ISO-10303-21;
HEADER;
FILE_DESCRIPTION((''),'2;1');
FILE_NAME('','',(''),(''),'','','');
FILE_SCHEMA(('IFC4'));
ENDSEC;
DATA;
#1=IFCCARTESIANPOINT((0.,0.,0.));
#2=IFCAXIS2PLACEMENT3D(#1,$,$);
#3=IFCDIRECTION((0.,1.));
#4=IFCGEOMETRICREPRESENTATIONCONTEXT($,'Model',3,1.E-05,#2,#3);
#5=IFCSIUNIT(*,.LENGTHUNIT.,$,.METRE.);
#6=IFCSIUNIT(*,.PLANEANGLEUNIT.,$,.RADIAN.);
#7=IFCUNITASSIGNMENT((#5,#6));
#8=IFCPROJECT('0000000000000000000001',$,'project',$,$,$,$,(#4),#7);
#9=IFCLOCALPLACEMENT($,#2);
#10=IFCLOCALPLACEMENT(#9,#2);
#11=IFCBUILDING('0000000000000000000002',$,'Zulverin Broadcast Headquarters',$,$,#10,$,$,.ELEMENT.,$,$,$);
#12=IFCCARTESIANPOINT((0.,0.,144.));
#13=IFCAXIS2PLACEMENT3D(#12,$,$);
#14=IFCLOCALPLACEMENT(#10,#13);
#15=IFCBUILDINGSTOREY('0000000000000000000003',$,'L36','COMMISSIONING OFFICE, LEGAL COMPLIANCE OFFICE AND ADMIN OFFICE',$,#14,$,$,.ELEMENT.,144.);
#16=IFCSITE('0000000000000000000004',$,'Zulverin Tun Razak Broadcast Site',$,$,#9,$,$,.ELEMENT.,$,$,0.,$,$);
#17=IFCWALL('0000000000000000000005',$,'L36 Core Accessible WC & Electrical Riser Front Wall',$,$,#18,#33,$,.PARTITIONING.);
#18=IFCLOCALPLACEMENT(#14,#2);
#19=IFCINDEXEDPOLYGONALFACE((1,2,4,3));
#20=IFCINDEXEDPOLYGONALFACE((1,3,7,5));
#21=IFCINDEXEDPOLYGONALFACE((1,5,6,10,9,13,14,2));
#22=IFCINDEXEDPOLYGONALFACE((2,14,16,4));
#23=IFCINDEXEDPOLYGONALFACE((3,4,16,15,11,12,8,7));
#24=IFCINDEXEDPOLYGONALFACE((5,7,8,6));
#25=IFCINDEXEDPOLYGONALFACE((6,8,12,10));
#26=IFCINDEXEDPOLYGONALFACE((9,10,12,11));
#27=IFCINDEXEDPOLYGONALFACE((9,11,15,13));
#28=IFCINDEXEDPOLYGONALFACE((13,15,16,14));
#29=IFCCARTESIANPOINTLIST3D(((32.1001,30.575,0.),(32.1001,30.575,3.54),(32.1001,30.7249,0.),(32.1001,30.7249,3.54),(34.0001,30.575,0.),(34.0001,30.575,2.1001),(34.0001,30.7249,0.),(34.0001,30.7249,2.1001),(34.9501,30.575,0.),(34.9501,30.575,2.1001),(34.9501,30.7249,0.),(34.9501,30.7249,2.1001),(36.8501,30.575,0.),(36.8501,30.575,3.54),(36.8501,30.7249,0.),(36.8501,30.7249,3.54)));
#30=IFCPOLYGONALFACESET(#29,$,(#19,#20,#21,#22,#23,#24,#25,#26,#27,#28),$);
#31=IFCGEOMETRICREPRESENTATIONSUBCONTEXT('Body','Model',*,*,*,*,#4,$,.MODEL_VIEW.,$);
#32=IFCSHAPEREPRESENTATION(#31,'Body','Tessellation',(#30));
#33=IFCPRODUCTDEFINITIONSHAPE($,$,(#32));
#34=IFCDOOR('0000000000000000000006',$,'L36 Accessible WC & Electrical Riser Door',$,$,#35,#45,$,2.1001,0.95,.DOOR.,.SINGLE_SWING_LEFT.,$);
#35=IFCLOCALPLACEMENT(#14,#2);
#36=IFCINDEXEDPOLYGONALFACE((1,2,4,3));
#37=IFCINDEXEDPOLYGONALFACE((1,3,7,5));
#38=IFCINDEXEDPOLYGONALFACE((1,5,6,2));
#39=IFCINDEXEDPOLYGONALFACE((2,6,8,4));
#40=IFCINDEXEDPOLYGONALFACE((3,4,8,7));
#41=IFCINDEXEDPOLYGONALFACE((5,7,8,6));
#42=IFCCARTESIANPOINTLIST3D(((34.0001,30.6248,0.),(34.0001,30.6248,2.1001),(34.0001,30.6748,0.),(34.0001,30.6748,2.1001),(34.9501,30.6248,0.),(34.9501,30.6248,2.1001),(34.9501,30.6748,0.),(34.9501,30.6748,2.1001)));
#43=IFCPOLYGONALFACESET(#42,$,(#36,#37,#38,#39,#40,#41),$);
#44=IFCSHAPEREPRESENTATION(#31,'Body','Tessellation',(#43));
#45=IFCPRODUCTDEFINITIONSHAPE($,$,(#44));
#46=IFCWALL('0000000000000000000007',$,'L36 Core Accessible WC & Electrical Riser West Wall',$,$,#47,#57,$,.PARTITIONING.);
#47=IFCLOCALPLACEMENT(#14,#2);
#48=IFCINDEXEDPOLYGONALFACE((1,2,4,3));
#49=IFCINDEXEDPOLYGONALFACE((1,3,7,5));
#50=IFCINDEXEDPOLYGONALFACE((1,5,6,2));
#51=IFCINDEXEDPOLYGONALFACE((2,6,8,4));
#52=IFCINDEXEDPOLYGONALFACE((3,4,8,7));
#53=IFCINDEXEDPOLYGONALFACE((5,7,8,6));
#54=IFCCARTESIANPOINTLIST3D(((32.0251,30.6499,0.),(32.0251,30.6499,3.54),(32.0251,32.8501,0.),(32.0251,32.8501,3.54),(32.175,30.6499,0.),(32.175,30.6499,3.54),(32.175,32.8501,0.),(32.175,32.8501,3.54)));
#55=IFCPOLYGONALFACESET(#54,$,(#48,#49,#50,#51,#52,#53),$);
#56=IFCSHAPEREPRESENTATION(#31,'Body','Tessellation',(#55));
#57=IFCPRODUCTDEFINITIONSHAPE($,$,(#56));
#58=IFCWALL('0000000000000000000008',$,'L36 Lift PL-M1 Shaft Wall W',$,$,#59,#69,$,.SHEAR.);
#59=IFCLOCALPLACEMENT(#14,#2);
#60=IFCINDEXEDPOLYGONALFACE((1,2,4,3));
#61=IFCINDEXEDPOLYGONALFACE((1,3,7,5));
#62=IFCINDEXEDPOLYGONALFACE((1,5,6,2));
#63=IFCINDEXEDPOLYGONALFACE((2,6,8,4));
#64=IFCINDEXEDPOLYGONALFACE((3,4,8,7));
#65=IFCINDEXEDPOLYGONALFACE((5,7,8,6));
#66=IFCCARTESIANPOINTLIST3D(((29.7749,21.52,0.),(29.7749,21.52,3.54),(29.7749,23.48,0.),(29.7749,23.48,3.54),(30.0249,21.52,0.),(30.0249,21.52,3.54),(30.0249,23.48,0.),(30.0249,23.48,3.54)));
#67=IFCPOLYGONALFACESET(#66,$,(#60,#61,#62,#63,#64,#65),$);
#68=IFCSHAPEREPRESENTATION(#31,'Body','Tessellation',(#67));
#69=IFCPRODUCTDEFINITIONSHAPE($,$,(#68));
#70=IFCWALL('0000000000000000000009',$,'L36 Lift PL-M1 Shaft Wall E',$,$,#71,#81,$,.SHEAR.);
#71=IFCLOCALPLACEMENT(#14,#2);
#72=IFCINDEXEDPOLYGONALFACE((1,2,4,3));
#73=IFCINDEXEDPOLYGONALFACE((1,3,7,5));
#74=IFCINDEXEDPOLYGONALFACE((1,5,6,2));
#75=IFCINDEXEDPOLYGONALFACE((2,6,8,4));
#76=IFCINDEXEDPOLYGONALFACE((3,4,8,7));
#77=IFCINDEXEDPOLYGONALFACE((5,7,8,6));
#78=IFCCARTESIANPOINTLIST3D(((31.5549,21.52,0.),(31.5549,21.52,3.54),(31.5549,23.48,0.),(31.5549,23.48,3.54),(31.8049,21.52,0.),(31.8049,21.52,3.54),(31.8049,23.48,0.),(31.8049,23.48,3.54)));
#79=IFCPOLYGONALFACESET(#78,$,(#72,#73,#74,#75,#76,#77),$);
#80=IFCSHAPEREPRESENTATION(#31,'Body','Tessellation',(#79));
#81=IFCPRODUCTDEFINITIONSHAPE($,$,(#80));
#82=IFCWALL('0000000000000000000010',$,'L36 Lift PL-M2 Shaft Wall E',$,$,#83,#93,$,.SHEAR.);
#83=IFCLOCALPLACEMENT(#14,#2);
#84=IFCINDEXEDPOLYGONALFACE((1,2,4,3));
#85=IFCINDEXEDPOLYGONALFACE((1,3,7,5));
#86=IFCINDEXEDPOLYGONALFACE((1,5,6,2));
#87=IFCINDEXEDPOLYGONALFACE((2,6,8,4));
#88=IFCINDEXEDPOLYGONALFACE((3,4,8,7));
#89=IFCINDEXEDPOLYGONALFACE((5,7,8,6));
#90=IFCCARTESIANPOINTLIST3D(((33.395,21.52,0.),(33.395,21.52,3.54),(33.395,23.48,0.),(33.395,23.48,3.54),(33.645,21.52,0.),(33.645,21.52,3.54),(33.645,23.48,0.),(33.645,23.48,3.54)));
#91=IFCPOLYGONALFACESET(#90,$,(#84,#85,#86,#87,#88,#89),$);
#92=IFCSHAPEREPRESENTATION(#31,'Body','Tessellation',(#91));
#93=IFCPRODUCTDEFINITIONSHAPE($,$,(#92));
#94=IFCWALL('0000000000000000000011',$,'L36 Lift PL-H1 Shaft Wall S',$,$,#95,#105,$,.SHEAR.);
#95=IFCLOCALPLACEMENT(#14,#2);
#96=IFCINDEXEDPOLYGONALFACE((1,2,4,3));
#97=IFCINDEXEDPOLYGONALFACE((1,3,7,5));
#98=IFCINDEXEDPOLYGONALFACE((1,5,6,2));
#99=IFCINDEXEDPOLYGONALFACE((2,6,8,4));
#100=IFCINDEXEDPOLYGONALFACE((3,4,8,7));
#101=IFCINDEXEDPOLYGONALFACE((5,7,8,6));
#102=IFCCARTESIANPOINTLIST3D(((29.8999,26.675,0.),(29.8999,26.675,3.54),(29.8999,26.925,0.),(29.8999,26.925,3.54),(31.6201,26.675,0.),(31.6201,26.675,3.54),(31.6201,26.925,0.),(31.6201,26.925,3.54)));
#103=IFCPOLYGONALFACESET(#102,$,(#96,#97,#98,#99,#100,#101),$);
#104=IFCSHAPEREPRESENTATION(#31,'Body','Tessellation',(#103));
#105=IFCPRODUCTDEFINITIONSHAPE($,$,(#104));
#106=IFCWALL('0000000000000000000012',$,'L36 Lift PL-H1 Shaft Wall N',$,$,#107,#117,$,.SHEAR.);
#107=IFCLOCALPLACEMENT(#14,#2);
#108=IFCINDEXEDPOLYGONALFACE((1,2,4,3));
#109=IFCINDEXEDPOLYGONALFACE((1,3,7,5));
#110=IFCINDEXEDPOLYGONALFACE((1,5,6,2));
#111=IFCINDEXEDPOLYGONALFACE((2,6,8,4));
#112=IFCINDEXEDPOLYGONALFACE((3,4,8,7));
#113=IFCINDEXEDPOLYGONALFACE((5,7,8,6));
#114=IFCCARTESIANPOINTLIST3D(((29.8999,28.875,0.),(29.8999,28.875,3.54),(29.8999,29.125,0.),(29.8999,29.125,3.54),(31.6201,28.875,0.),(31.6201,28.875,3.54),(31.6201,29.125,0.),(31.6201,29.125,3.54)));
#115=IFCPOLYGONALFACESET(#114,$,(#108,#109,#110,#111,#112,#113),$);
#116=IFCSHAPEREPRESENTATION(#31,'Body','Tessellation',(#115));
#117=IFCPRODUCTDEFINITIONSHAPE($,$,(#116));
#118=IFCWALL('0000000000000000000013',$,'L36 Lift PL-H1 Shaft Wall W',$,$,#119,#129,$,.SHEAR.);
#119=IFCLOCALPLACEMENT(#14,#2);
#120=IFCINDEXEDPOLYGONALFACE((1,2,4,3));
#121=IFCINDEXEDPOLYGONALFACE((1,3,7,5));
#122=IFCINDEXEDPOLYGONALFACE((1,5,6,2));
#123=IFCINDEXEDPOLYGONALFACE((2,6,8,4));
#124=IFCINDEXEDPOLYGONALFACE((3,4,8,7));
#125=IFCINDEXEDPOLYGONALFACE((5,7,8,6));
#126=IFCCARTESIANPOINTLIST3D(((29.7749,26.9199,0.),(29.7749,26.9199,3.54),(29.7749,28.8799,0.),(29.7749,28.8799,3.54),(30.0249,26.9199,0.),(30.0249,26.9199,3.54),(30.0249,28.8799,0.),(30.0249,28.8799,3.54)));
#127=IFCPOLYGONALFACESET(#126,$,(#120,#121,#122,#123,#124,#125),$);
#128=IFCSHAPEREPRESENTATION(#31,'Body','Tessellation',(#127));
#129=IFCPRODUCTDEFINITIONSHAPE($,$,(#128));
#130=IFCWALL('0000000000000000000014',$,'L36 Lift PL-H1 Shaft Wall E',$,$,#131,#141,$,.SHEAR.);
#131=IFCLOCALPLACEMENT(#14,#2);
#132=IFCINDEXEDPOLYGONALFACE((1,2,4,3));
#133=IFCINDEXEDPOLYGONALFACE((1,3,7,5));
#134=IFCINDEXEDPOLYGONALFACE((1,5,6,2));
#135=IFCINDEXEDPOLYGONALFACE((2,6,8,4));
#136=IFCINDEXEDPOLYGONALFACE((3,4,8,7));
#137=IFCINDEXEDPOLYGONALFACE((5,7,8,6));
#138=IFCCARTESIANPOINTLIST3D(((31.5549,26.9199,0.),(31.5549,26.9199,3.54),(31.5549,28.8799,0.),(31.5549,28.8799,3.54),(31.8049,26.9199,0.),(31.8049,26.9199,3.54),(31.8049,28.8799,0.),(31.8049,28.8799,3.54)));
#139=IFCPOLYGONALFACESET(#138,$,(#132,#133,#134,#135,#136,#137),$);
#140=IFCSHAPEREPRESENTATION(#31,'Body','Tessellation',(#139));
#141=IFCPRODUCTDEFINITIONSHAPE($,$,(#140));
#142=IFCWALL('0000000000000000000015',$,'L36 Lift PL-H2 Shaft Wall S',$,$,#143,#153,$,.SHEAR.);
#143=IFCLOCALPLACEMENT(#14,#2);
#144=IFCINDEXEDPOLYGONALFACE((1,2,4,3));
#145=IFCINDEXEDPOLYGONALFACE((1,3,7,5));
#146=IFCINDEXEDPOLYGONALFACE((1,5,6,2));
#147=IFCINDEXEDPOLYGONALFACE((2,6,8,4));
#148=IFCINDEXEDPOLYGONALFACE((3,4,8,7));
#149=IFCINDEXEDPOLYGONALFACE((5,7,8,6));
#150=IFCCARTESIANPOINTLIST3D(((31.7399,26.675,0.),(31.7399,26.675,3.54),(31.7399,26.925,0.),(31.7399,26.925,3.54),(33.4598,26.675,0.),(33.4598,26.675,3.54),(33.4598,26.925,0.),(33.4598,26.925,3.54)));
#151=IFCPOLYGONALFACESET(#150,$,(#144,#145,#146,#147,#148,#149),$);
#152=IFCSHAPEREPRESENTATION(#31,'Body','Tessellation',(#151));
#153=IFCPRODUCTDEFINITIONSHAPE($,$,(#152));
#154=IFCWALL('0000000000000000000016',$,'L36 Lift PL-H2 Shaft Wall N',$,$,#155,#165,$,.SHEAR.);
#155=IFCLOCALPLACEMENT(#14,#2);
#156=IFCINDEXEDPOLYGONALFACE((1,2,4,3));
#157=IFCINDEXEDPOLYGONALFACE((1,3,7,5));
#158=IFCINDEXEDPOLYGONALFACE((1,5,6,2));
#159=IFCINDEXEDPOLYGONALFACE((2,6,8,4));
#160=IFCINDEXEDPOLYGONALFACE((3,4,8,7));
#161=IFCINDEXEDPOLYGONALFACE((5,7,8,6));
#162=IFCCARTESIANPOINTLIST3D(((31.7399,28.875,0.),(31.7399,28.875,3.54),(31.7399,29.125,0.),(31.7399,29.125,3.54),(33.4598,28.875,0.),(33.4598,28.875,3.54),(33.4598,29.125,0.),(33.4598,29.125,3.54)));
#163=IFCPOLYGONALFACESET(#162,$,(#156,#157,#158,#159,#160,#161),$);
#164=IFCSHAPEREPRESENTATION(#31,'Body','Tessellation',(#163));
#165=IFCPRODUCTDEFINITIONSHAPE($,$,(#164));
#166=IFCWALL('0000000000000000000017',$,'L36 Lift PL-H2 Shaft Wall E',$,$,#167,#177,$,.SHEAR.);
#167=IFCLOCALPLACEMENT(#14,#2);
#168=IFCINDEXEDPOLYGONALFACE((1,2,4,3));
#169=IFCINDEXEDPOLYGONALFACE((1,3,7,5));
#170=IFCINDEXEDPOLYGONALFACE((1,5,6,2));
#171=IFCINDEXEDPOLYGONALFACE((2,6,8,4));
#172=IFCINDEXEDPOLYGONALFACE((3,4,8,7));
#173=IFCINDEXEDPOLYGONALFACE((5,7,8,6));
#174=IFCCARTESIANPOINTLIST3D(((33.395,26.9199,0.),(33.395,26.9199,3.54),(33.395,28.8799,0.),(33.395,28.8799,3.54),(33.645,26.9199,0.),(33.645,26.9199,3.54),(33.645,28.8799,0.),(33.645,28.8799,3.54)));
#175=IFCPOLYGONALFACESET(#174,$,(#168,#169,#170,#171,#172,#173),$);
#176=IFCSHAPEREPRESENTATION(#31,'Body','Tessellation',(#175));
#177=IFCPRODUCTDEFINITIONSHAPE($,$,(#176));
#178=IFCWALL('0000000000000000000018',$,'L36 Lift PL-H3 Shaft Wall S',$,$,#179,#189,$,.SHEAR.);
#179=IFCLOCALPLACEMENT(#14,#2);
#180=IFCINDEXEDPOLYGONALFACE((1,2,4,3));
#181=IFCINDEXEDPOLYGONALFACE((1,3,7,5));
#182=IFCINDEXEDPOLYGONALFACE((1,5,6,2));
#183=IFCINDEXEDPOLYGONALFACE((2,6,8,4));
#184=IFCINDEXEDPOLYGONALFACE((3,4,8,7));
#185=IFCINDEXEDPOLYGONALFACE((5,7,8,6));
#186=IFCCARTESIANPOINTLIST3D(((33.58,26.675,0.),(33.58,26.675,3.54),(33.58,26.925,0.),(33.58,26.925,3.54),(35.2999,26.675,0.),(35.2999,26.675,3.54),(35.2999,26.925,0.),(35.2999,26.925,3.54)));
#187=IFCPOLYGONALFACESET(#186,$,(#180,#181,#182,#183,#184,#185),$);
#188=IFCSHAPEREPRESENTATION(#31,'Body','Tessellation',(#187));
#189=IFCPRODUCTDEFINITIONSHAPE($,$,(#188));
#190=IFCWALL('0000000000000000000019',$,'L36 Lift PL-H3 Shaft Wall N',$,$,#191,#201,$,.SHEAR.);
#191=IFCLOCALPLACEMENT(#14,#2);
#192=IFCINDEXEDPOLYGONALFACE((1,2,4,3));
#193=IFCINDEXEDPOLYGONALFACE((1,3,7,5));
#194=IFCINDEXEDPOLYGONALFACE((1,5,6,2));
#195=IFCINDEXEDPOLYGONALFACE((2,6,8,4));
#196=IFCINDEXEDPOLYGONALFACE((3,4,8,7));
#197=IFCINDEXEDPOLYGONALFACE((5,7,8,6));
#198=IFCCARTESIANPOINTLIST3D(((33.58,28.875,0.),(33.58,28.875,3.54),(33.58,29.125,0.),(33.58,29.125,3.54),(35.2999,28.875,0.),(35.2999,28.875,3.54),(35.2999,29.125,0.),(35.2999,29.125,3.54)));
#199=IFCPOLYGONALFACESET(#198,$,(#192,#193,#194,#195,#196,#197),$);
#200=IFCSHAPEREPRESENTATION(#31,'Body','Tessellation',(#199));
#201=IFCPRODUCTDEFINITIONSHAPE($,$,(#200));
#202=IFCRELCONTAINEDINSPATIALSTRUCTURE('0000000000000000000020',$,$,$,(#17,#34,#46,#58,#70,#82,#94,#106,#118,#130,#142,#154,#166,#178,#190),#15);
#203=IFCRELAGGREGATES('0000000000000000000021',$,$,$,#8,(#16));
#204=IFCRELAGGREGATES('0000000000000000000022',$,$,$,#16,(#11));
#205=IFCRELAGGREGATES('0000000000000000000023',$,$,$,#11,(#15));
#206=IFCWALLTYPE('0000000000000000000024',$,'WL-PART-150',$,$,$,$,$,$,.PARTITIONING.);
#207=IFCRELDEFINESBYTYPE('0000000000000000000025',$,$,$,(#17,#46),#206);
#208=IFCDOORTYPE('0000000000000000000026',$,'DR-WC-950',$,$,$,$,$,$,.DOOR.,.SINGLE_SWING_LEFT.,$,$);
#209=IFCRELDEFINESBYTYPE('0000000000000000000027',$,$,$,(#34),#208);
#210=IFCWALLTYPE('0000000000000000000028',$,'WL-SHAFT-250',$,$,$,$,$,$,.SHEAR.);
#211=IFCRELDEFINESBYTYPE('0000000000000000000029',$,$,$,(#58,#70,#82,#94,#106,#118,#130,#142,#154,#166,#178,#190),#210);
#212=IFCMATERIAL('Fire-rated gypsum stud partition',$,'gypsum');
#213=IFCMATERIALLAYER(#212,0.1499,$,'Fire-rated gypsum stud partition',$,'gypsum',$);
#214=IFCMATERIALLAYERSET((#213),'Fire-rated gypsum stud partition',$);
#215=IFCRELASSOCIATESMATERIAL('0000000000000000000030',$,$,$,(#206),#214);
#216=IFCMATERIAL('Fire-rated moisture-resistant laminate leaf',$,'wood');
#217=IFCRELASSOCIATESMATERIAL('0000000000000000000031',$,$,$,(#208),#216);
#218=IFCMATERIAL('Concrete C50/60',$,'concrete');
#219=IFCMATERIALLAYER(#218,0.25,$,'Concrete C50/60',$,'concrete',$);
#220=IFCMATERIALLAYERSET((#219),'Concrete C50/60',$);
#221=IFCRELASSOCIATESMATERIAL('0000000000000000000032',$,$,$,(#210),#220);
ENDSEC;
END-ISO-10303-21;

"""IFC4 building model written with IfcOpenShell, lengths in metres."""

from ifc_helpers import new_model, si_unit, direction, frame, frame_2d, origin, place, context, subcontext, project, spatial, rectangle, extrude, material, layer, layer_set, type_object, element, fill, save


model = new_model("IFC4")

# Units and contexts
model_context = context("Model", 3, precision=1e-05, world=origin(), true_north=direction((0.0, 1.0)))
body_context = subcontext(model_context, "Body", "Model", "MODEL_VIEW")
ifc_project = project(units=[si_unit("LENGTHUNIT", "METRE"), si_unit("PLANEANGLEUNIT", "RADIAN")], contexts=[model_context])

# Site, building, storey
site_placement = place(None, origin())
site = spatial("IfcSite", under=ifc_project, at=site_placement, Name="Zulverin Tun Razak Broadcast Site", CompositionType="ELEMENT", RefElevation=0.0)
building_placement = place(site_placement, origin())
building = spatial("IfcBuilding", under=site, at=building_placement, Name="Zulverin Broadcast Headquarters", CompositionType="ELEMENT")
storey_placement = place(building_placement, frame((0.0, 0.0, 144.0)))
storey = spatial("IfcBuildingStorey", under=building, at=storey_placement, Name="L36", Description="COMMISSIONING OFFICE, LEGAL COMPLIANCE OFFICE AND ADMIN OFFICE", CompositionType="ELEMENT", Elevation=144.0)

# Wall, opening, door
ifc_material_1 = material(Name="Fire-rated gypsum stud partition", Category="gypsum")
ifc_layer_1 = layer(ifc_material_1, 0.1499, Name="Fire-rated gypsum stud partition", Category="gypsum")
ifc_layer_set_1 = layer_set([ifc_layer_1], Name="Fire-rated gypsum stud partition")
wall_type_1 = type_object("IfcWallType", Name="WL-PART-150", PredefinedType="PARTITIONING", material=ifc_layer_set_1)
wall_1_placement = place(storey_placement, frame((32.1001, 30.6499, 0.0), z_axis=(0.0, 0.0, 1.0), x_axis=(1.0, 0.0, 0.0)))
wall_1 = element("IfcWall", 1, at=wall_1_placement, inside=storey, type_object=wall_type_1, Name="L36 Core Accessible WC & Electrical Riser Front Wall", PredefinedType="PARTITIONING", context=body_context, shape_type="SweptSolid", body=[
    extrude(rectangle(XDim=4.75, YDim=0.1499, at=frame_2d((2.375, 0.0))), origin(), (0.0, 0.0, 1.0), 3.54),
])
opening_1_placement = place(wall_1_placement, frame((1.8999, 0.0, 0.0)))
opening_1 = element("IfcOpeningElement", 2, at=opening_1_placement, cuts=wall_1, PredefinedType="OPENING", context=body_context, shape_type="SweptSolid", body=[
    extrude(rectangle(XDim=0.95, YDim=2.1001, at=frame_2d((0.4751, 1.05))), frame((0.0, 0.085, 0.0), z_axis=(0.0, -1.0, 0.0), x_axis=(1.0, 0.0, 0.0)), (0.0, 0.0, 1.0), 0.1699),
])
ifc_material_2 = material(Name="Fire-rated moisture-resistant laminate leaf", Category="wood")
door_type_1 = type_object("IfcDoorType", Name="DR-WC-950", OperationType="SINGLE_SWING_LEFT", PredefinedType="DOOR", material=ifc_material_2)
door_1_placement = place(opening_1_placement, origin())
door_1 = element("IfcDoor", 3, at=door_1_placement, inside=storey, type_object=door_type_1, Name="L36 Accessible WC & Electrical Riser Door", OperationType="SINGLE_SWING_LEFT", OverallHeight=2.1001, OverallWidth=0.95, PredefinedType="DOOR", context=body_context, shape_type="SweptSolid", body=[
    extrude(rectangle(XDim=0.95, YDim=2.1001, at=frame_2d((0.4751, 1.05))), frame((0.0, 0.0249, 0.0), z_axis=(0.0, -1.0, 0.0), x_axis=(1.0, 0.0, 0.0)), (0.0, 0.0, 1.0), 0.05),
])
fill(opening_1, door_1)

# Wall
wall_2_placement = place(storey_placement, frame((32.1001, 30.6499, 0.0), z_axis=(0.0, 0.0, 1.0), x_axis=(0.0, 1.0, 0.0)))
element("IfcWall", 4, at=wall_2_placement, inside=storey, type_object=wall_type_1, Name="L36 Core Accessible WC & Electrical Riser West Wall", PredefinedType="PARTITIONING", context=body_context, shape_type="SweptSolid", body=[
    extrude(rectangle(XDim=2.2002, YDim=0.1499, at=frame_2d((1.1001, 0.0))), origin(), (0.0, 0.0, 1.0), 3.54),
])

# Shared definitions
ifc_material_3 = material(Name="Concrete C50/60", Category="concrete")
ifc_layer_2 = layer(ifc_material_3, 0.25, Name="Concrete C50/60", Category="concrete")
ifc_layer_set_2 = layer_set([ifc_layer_2], Name="Concrete C50/60")
wall_type_2 = type_object("IfcWallType", Name="WL-SHAFT-250", PredefinedType="SHEAR", material=ifc_layer_set_2)

# Walls
for number, where, z_axis, x_axis, name in (
    (5, (29.8999, 21.52, 0.0), (0.0, 0.0, 1.0), (0.0, 1.0, 0.0), "L36 Lift PL-M1 Shaft Wall W"),
    (6, (31.6799, 21.52, 0.0), (0.0, 0.0, 1.0), (0.0, 1.0, 0.0), "L36 Lift PL-M1 Shaft Wall E"),
):
    element("IfcWall", number, at=place(storey_placement, frame(where, z_axis=z_axis, x_axis=x_axis)), inside=storey, type_object=wall_type_2, Name=name, PredefinedType="SHEAR", context=body_context, shape_type="SweptSolid", body=[
        extrude(rectangle(XDim=1.96, YDim=0.25, at=frame_2d((0.98, 0.0))), origin(), (0.0, 0.0, 1.0), 3.54),
    ])

# Wall
wall_3_placement = place(storey_placement, frame((33.52, 21.52, 0.0), z_axis=(0.0, 0.0, 1.0), x_axis=(0.0, 1.0, 0.0)))
element("IfcWall", 7, at=wall_3_placement, inside=storey, type_object=wall_type_2, Name="L36 Lift PL-M2 Shaft Wall E", PredefinedType="SHEAR", context=body_context, shape_type="SweptSolid", body=[
    extrude(rectangle(XDim=1.96, YDim=0.25, at=frame_2d((0.98, 0.0))), origin(), (0.0, 0.0, 1.0), 3.54),
])

# Walls
for number, where, z_axis, x_axis, name in (
    (8, (29.8999, 26.8, 0.0), (0.0, 0.0, 1.0), (1.0, 0.0, 0.0), "L36 Lift PL-H1 Shaft Wall S"),
    (9, (29.8999, 29.0, 0.0), (0.0, 0.0, 1.0), (1.0, 0.0, 0.0), "L36 Lift PL-H1 Shaft Wall N"),
):
    element("IfcWall", number, at=place(storey_placement, frame(where, z_axis=z_axis, x_axis=x_axis)), inside=storey, type_object=wall_type_2, Name=name, PredefinedType="SHEAR", context=body_context, shape_type="SweptSolid", body=[
        extrude(rectangle(XDim=1.7202, YDim=0.25, at=frame_2d((0.8601, 0.0))), origin(), (0.0, 0.0, 1.0), 3.54),
    ])
for number, where, z_axis, x_axis, name in (
    (10, (29.8999, 26.9199, 0.0), (0.0, 0.0, 1.0), (0.0, 1.0, 0.0), "L36 Lift PL-H1 Shaft Wall W"),
    (11, (31.6799, 26.9199, 0.0), (0.0, 0.0, 1.0), (0.0, 1.0, 0.0), "L36 Lift PL-H1 Shaft Wall E"),
):
    element("IfcWall", number, at=place(storey_placement, frame(where, z_axis=z_axis, x_axis=x_axis)), inside=storey, type_object=wall_type_2, Name=name, PredefinedType="SHEAR", context=body_context, shape_type="SweptSolid", body=[
        extrude(rectangle(XDim=1.96, YDim=0.25, at=frame_2d((0.98, 0.0))), origin(), (0.0, 0.0, 1.0), 3.54),
    ])
for number, where, z_axis, x_axis, name in (
    (12, (31.74, 26.8, 0.0), (0.0, 0.0, 1.0), (1.0, 0.0, 0.0), "L36 Lift PL-H2 Shaft Wall S"),
    (13, (31.74, 29.0, 0.0), (0.0, 0.0, 1.0), (1.0, 0.0, 0.0), "L36 Lift PL-H2 Shaft Wall N"),
):
    element("IfcWall", number, at=place(storey_placement, frame(where, z_axis=z_axis, x_axis=x_axis)), inside=storey, type_object=wall_type_2, Name=name, PredefinedType="SHEAR", context=body_context, shape_type="SweptSolid", body=[
        extrude(rectangle(XDim=1.72, YDim=0.25, at=frame_2d((0.8599, 0.0))), origin(), (0.0, 0.0, 1.0), 3.54),
    ])
wall_4_placement = place(storey_placement, frame((33.52, 26.9199, 0.0), z_axis=(0.0, 0.0, 1.0), x_axis=(0.0, 1.0, 0.0)))
element("IfcWall", 14, at=wall_4_placement, inside=storey, type_object=wall_type_2, Name="L36 Lift PL-H2 Shaft Wall E", PredefinedType="SHEAR", context=body_context, shape_type="SweptSolid", body=[
    extrude(rectangle(XDim=1.96, YDim=0.25, at=frame_2d((0.98, 0.0))), origin(), (0.0, 0.0, 1.0), 3.54),
])
for number, where, z_axis, x_axis, name in (
    (15, (33.5801, 26.8, 0.0), (0.0, 0.0, 1.0), (1.0, 0.0, 0.0), "L36 Lift PL-H3 Shaft Wall S"),
    (16, (33.5801, 29.0, 0.0), (0.0, 0.0, 1.0), (1.0, 0.0, 0.0), "L36 Lift PL-H3 Shaft Wall N"),
):
    element("IfcWall", number, at=place(storey_placement, frame(where, z_axis=z_axis, x_axis=x_axis)), inside=storey, type_object=wall_type_2, Name=name, PredefinedType="SHEAR", context=body_context, shape_type="SweptSolid", body=[
        extrude(rectangle(XDim=1.72, YDim=0.25, at=frame_2d((0.8599, 0.0))), origin(), (0.0, 0.0, 1.0), 3.54),
    ])

save(model, "model.ifc")
